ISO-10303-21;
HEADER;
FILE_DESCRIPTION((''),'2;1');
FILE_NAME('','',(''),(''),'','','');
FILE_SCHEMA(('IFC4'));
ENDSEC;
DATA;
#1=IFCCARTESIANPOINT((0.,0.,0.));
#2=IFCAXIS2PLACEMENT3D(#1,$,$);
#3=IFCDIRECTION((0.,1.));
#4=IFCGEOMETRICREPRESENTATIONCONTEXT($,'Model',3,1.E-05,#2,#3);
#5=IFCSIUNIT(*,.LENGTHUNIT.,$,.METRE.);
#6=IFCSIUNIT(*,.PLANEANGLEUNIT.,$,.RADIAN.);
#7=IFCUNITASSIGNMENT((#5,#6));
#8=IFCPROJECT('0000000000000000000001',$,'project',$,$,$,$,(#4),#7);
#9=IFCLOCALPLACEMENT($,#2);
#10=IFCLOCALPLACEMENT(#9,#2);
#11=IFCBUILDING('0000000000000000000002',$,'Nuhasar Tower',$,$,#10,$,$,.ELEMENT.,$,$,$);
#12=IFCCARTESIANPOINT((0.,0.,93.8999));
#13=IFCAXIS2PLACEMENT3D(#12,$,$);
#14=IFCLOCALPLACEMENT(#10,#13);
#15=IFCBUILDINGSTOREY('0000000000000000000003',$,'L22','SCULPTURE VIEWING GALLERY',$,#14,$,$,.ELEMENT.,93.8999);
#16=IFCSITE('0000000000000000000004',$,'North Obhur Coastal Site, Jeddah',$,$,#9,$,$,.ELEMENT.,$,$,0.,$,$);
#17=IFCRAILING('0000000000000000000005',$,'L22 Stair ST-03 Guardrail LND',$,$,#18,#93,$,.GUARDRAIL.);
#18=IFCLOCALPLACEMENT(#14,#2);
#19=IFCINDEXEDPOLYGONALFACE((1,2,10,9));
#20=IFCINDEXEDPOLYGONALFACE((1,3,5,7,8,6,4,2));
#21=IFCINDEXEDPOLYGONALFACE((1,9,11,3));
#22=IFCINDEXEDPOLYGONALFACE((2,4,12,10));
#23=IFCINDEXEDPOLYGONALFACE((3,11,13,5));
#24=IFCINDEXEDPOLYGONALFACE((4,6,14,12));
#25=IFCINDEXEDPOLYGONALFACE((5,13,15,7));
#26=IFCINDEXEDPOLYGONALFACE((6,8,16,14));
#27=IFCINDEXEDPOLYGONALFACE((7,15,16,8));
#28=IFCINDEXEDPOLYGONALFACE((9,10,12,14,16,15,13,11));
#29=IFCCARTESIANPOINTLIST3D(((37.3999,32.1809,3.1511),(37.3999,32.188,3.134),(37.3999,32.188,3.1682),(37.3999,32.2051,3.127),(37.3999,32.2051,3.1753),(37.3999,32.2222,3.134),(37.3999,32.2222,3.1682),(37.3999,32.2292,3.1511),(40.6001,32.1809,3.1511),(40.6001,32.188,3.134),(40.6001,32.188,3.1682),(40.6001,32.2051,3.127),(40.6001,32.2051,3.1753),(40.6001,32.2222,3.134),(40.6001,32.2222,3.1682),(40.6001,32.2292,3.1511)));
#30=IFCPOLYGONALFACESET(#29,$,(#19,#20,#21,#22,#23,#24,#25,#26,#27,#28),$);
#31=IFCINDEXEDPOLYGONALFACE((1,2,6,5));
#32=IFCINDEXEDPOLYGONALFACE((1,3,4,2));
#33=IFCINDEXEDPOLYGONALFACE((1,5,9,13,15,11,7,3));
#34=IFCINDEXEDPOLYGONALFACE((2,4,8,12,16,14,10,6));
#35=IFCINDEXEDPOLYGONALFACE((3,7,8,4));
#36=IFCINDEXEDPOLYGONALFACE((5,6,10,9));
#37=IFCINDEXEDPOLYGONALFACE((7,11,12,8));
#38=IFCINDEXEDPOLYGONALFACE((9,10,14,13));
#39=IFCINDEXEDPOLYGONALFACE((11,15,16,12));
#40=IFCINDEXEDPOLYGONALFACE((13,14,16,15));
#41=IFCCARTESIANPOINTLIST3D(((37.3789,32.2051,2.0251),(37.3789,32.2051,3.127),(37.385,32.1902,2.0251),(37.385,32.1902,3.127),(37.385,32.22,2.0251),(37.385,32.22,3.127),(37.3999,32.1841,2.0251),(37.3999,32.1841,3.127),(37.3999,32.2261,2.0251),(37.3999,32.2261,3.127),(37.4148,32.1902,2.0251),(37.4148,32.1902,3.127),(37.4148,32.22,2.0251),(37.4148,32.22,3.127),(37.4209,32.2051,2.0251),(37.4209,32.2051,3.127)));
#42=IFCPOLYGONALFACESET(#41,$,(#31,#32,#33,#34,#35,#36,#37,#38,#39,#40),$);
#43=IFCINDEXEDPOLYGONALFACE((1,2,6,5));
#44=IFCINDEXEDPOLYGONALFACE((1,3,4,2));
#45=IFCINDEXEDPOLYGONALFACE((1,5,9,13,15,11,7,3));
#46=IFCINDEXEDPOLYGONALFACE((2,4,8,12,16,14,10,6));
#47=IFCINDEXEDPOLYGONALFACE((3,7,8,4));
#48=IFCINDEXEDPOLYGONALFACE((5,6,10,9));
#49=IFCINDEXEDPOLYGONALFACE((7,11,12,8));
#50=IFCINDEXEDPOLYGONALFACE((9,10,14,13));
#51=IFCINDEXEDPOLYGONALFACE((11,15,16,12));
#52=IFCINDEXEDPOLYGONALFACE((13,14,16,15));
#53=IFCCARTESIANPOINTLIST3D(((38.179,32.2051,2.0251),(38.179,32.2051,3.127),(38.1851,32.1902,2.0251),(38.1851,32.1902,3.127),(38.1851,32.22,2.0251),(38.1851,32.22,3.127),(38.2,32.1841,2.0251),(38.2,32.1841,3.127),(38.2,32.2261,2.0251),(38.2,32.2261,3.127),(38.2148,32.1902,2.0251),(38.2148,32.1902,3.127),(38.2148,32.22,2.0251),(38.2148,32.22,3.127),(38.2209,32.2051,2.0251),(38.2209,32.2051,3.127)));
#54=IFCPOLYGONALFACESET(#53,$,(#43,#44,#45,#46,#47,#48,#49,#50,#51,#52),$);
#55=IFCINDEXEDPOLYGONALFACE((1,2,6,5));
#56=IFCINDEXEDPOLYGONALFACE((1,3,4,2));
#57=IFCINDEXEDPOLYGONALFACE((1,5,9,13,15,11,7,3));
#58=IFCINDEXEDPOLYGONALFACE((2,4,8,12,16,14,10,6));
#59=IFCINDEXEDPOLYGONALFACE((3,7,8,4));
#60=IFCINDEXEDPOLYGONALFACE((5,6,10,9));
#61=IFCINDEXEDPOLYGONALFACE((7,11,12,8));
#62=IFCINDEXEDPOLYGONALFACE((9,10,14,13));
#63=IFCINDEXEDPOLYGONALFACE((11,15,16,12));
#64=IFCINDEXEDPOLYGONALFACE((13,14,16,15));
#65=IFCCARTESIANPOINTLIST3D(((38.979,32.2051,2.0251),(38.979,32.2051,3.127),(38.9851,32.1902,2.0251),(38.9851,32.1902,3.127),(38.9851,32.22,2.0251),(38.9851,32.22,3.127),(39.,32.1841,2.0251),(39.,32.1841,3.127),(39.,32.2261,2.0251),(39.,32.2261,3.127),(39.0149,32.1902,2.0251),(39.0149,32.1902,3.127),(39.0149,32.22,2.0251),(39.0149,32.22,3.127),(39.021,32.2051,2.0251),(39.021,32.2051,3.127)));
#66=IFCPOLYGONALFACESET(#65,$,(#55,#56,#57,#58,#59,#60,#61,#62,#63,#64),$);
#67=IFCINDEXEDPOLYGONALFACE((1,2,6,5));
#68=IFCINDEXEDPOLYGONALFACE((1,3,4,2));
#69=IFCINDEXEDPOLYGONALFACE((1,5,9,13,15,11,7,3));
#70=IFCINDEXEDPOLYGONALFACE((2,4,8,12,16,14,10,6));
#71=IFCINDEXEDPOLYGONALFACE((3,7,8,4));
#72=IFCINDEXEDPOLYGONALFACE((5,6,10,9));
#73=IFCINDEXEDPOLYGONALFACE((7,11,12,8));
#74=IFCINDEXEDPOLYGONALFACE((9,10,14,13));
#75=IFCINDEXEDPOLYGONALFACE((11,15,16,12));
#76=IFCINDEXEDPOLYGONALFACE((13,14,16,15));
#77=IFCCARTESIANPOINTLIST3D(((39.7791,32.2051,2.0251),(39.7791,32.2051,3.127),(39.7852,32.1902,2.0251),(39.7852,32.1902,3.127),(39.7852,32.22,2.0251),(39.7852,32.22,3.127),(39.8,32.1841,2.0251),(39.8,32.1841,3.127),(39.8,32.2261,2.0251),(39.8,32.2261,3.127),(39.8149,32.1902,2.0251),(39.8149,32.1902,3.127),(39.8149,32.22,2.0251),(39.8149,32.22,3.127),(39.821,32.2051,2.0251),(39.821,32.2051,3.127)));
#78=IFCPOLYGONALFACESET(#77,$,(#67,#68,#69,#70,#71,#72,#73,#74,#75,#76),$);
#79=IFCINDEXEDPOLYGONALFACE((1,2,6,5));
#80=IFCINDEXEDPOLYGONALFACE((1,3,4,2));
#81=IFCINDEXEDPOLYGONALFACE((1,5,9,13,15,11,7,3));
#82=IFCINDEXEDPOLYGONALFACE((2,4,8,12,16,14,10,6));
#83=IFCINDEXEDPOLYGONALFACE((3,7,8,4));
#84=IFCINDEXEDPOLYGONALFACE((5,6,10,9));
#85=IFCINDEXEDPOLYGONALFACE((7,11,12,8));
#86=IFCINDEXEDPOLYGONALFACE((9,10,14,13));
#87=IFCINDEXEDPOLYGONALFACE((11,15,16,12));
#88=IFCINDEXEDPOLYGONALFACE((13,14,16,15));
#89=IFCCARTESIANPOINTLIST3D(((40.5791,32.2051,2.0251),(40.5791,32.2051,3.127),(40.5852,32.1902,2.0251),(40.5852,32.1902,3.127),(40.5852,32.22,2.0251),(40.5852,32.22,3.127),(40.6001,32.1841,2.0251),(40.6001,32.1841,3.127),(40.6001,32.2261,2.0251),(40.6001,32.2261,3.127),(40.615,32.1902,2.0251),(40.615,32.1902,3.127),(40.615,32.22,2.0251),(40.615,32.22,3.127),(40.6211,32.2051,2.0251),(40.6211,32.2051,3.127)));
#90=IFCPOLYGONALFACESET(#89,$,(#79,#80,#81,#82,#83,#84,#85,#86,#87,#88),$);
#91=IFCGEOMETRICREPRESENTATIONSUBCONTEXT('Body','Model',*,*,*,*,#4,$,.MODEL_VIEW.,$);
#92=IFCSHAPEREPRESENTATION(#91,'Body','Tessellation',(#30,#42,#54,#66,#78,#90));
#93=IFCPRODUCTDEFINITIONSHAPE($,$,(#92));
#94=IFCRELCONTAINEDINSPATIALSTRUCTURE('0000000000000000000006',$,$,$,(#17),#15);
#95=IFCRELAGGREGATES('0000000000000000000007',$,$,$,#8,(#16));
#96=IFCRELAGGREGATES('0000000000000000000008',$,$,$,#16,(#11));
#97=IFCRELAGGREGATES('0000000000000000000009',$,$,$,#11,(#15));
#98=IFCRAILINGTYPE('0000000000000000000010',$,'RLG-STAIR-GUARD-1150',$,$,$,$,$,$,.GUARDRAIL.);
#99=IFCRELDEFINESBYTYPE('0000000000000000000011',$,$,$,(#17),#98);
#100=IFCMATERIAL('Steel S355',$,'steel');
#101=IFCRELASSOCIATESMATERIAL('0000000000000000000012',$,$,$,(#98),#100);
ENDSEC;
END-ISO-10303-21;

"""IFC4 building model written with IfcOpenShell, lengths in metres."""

from ifc_helpers import new_model, si_unit, direction, frame, origin, place, context, subcontext, project, spatial, polyline, outline, extrude, material, type_object, element, save


model = new_model("IFC4")

# Units and contexts
model_context = context("Model", 3, precision=1e-05, world=origin(), true_north=direction((0.0, 1.0)))
body_context = subcontext(model_context, "Body", "Model", "MODEL_VIEW")
ifc_project = project(units=[si_unit("LENGTHUNIT", "METRE"), si_unit("PLANEANGLEUNIT", "RADIAN")], contexts=[model_context])

# Site, building, storey
site_placement = place(None, origin())
site = spatial("IfcSite", under=ifc_project, at=site_placement, Name="North Obhur Coastal Site, Jeddah", CompositionType="ELEMENT", RefElevation=0.0)
building_placement = place(site_placement, origin())
building = spatial("IfcBuilding", under=site, at=building_placement, Name="Nuhasar Tower", CompositionType="ELEMENT")
storey_placement = place(building_placement, frame((0.0, 0.0, 93.8999)))
storey = spatial("IfcBuildingStorey", under=building, at=storey_placement, Name="L22", Description="SCULPTURE VIEWING GALLERY", CompositionType="ELEMENT", Elevation=93.8999)

# Shared definitions
ifc_material_1 = material(Name="Steel S355", Category="steel")

# Railing
railing_type_1 = type_object("IfcRailingType", Name="RLG-STAIR-GUARD-1150", PredefinedType="GUARDRAIL", material=ifc_material_1)
railing_1_placement = place(storey_placement, frame((37.3999, 32.2051, 2.0251)))
element("IfcRailing", 1, at=railing_1_placement, inside=storey, type_object=railing_type_1, Name="L22 Stair ST-03 Guardrail LND", PredefinedType="GUARDRAIL", context=body_context, shape_type="SweptSolid", body=[
    extrude(outline(polyline([(0.0242, 0.0), (0.0171, 0.0171), (0.0, 0.0242), (-0.0171, 0.0171), (-0.0242, 0.0), (-0.0171, -0.0171), (0.0, -0.0242), (0.0171, -0.0171), (0.0242, 0.0)])), frame((0.0, 0.0, 1.126), z_axis=(1.0, 0.0, 0.0), x_axis=(0.0, 1.0, 0.0)), (0.0, 0.0, 1.0), 3.2002),
    extrude(outline(polyline([(0.021, 0.0), (0.0149, 0.0149), (0.0, 0.021), (-0.0149, 0.0149), (-0.021, 0.0), (-0.0149, -0.0149), (0.0, -0.021), (0.0149, -0.0149), (0.021, 0.0)])), origin(), (0.0, 0.0, 1.0), 1.1018),
    extrude(outline(polyline([(0.021, 0.0), (0.0149, 0.0149), (0.0, 0.021), (-0.0149, 0.0149), (-0.021, 0.0), (-0.0149, -0.0149), (0.0, -0.021), (0.0149, -0.0149), (0.021, 0.0)])), frame((0.8, 0.0, 0.0)), (0.0, 0.0, 1.0), 1.1018),
    extrude(outline(polyline([(0.021, 0.0), (0.0149, 0.0149), (0.0, 0.021), (-0.0149, 0.0149), (-0.021, 0.0), (-0.0149, -0.0149), (0.0, -0.021), (0.0149, -0.0149), (0.021, 0.0)])), frame((1.6001, 0.0, 0.0)), (0.0, 0.0, 1.0), 1.1018),
    extrude(outline(polyline([(0.021, 0.0), (0.0149, 0.0149), (0.0, 0.021), (-0.0149, 0.0149), (-0.021, 0.0), (-0.0149, -0.0149), (0.0, -0.021), (0.0149, -0.0149), (0.021, 0.0)])), frame((2.4001, 0.0, 0.0)), (0.0, 0.0, 1.0), 1.1018),
    extrude(outline(polyline([(0.021, 0.0), (0.0149, 0.0149), (0.0, 0.021), (-0.0149, 0.0149), (-0.021, 0.0), (-0.0149, -0.0149), (0.0, -0.021), (0.0149, -0.0149), (0.021, 0.0)])), frame((3.2002, 0.0, 0.0)), (0.0, 0.0, 1.0), 1.1018),
])

save(model, "model.ifc")
